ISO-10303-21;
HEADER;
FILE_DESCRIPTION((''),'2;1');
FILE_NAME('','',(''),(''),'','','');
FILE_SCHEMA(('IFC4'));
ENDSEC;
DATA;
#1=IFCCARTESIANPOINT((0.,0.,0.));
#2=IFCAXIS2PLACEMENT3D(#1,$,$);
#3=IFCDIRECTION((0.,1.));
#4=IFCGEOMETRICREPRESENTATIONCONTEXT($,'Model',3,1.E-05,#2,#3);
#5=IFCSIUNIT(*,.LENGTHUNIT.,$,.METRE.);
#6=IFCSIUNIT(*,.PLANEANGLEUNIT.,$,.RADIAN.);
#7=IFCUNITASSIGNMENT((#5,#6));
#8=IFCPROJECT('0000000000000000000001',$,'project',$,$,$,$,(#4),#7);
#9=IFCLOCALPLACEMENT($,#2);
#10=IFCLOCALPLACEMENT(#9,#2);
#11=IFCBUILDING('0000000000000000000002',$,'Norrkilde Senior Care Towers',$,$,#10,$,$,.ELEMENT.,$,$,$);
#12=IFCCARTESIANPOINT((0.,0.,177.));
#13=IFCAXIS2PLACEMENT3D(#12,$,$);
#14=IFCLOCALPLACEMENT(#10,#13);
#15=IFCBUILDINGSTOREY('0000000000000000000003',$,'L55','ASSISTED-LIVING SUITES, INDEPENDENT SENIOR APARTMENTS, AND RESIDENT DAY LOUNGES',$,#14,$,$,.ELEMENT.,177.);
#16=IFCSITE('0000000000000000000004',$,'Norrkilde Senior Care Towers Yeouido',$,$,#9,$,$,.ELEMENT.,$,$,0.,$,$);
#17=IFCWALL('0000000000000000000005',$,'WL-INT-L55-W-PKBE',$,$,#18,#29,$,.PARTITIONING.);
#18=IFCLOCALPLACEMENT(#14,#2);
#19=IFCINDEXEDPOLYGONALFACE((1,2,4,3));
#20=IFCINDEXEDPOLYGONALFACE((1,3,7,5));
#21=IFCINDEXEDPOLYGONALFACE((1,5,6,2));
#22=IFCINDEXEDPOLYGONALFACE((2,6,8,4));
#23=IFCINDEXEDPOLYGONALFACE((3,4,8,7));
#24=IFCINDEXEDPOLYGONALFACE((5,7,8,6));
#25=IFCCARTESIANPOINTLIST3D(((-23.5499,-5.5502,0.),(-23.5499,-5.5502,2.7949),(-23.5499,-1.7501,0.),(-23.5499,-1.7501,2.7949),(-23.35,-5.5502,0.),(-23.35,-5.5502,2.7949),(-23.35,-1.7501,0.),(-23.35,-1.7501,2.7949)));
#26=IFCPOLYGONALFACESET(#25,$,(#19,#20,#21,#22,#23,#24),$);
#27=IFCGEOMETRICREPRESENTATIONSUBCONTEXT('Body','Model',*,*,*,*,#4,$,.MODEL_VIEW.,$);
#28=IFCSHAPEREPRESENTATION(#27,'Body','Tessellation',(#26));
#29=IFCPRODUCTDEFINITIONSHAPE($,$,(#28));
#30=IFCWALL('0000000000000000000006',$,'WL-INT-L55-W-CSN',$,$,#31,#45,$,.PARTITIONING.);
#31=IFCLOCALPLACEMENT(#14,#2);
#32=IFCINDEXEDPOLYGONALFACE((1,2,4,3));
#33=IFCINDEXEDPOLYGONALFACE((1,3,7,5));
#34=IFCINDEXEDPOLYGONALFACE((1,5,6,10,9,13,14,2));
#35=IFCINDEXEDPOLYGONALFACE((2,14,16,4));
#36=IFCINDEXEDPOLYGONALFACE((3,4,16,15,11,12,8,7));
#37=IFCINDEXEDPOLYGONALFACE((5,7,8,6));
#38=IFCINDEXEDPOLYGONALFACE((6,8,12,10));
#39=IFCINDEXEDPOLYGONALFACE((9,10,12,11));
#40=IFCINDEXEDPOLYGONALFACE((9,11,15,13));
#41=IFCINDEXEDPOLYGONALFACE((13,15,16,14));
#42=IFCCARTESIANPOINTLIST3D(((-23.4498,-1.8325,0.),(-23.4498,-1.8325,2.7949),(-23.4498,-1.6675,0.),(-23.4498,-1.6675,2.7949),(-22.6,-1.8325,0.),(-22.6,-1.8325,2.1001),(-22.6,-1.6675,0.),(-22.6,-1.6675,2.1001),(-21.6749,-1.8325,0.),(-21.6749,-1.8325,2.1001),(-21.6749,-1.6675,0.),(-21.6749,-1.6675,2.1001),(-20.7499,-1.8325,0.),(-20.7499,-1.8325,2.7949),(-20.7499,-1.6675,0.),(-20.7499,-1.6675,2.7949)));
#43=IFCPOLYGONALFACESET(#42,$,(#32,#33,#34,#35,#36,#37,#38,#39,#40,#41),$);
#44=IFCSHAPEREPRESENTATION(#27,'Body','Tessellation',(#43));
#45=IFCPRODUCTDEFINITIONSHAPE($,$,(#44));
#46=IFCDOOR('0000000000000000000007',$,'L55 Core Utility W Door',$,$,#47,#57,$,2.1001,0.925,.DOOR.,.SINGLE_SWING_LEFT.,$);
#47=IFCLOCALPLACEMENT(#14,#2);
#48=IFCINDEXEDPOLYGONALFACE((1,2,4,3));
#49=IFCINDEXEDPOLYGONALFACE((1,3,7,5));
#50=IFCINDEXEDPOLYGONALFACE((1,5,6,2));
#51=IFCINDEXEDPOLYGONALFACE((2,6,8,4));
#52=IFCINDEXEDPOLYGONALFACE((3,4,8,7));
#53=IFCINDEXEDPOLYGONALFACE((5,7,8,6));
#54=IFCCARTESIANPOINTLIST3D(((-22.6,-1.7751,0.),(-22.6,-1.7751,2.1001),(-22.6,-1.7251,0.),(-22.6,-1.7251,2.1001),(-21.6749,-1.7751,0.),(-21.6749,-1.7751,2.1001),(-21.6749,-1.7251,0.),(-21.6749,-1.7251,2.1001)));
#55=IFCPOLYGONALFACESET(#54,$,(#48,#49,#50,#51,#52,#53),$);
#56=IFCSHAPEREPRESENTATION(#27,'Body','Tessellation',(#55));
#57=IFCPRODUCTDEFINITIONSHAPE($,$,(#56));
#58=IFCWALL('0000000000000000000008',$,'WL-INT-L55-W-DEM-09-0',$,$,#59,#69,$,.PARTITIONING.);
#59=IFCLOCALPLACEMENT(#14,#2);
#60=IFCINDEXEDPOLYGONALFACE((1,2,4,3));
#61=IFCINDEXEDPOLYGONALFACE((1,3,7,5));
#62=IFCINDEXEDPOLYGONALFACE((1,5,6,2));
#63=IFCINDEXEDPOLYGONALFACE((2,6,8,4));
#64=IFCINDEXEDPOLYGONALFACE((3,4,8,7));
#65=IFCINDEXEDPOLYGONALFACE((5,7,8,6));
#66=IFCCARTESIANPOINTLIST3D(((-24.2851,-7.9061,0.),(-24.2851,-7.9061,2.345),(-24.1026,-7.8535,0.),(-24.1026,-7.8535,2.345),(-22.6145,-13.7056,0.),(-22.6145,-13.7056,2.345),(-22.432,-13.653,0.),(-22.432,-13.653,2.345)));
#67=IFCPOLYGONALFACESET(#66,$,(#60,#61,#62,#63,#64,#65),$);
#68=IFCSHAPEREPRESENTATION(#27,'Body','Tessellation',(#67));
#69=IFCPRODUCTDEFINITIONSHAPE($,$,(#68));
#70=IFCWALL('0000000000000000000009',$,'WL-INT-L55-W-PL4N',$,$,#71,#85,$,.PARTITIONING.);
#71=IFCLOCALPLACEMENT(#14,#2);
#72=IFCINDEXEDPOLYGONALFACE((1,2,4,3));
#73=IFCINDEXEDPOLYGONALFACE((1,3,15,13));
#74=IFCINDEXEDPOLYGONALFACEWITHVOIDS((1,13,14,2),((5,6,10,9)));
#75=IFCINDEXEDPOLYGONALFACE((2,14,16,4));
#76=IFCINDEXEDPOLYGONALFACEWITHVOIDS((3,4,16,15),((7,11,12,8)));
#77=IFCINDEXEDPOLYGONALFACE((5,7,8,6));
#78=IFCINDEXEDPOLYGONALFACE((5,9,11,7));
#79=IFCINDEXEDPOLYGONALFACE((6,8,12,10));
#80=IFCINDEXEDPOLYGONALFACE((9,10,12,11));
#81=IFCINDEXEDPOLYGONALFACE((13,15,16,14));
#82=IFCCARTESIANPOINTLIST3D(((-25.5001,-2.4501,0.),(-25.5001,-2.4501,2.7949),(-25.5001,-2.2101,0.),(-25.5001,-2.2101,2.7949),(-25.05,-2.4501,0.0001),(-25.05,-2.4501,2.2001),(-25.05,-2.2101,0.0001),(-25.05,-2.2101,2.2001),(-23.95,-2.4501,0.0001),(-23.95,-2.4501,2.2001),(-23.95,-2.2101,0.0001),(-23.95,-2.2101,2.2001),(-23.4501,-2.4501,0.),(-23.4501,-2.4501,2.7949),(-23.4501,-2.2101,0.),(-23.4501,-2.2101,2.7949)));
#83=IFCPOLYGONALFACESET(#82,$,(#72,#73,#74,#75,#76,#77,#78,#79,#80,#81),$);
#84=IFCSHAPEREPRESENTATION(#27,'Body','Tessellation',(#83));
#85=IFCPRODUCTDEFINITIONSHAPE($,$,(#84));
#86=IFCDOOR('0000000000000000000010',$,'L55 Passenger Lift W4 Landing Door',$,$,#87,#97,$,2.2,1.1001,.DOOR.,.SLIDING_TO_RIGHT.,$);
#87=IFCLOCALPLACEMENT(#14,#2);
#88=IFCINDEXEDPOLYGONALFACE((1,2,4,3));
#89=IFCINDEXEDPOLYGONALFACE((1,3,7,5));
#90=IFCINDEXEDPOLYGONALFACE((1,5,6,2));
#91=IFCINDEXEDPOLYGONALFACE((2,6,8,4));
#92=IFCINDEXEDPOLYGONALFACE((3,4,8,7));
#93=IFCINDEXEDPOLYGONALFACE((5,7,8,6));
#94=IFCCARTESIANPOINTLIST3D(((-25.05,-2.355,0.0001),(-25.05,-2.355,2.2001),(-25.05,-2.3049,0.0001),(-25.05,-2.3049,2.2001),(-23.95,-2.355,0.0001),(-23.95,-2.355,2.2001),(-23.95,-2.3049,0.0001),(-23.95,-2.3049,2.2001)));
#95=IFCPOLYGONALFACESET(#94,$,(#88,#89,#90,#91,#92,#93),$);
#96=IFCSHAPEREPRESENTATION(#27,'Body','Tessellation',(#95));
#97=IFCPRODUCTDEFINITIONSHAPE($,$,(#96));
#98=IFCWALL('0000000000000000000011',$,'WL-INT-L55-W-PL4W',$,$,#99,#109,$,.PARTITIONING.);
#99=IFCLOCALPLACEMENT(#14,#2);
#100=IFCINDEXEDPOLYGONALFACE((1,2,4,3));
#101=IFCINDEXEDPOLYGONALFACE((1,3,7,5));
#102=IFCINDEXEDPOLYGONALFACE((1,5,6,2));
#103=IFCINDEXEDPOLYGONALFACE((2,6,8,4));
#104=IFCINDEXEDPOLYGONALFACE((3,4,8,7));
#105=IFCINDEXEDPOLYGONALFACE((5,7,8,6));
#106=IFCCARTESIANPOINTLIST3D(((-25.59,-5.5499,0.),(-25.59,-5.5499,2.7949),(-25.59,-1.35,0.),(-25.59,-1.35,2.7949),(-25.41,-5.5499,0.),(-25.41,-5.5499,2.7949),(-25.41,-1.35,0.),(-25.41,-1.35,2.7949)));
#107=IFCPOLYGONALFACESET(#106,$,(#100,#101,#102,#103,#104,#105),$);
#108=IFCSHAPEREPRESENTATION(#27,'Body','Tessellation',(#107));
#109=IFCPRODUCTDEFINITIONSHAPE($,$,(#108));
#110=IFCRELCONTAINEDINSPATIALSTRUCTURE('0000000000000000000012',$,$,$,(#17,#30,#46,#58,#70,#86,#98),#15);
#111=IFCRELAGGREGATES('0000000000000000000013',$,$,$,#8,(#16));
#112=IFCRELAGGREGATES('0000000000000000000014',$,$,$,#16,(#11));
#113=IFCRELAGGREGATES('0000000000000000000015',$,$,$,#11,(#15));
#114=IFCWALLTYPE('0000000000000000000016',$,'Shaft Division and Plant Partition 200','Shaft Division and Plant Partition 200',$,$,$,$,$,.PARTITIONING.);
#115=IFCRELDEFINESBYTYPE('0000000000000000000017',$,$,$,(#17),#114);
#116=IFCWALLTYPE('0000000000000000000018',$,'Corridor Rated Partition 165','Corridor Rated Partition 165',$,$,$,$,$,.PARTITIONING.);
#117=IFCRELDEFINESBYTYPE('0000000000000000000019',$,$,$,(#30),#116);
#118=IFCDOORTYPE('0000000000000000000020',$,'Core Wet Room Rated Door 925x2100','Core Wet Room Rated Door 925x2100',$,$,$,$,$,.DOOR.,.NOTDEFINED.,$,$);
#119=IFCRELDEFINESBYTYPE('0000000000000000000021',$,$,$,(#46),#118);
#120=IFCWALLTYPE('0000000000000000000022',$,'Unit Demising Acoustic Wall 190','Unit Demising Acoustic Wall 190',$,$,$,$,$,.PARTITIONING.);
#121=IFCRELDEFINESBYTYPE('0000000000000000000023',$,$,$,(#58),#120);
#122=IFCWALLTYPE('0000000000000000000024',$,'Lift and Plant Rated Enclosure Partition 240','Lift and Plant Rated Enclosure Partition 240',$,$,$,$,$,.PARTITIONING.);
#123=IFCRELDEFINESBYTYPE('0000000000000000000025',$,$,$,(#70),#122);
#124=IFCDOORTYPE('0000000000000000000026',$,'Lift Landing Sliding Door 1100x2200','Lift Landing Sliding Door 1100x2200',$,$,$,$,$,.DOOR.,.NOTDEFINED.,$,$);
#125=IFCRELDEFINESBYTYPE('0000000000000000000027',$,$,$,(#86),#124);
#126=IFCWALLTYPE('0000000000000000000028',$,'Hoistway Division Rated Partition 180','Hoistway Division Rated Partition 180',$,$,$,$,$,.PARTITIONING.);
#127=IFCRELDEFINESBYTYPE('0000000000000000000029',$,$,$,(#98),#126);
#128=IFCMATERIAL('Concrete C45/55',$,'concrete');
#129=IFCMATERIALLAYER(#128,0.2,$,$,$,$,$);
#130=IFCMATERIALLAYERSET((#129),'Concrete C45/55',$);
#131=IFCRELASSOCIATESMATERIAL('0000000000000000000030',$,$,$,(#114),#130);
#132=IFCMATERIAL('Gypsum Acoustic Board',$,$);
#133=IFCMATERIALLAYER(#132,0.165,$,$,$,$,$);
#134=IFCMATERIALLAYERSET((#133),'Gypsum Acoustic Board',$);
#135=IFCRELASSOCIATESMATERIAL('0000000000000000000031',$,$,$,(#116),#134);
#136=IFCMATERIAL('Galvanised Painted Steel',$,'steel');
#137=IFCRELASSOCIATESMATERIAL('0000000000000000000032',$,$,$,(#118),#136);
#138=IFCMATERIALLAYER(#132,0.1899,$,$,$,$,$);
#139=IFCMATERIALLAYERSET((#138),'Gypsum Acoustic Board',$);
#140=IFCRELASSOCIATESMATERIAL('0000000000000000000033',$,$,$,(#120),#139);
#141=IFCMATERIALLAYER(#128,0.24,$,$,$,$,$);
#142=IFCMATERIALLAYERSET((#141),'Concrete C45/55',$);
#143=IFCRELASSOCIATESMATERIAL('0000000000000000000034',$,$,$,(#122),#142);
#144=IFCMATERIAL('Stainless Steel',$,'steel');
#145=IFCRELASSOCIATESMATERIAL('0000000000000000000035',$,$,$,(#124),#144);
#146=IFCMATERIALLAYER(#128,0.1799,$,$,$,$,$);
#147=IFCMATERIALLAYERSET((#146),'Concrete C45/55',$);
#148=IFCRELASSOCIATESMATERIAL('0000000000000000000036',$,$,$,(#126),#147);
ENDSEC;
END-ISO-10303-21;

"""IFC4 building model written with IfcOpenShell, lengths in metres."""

from ifc_helpers import new_model, si_unit, direction, frame, frame_2d, origin, place, context, subcontext, project, spatial, rectangle, extrude, source, transform, mapped, material, layer, layer_set, type_object, type_shapes, element, fill, save


model = new_model("IFC4")

# Units and contexts
model_context = context("Model", 3, precision=1e-05, world=origin(), true_north=direction((0.0, 1.0)))
body_context = subcontext(model_context, "Body", "Model", "MODEL_VIEW")
ifc_project = project(units=[si_unit("LENGTHUNIT", "METRE"), si_unit("PLANEANGLEUNIT", "RADIAN")], contexts=[model_context])

# Site, building, storey
site_placement = place(None, origin())
site = spatial("IfcSite", under=ifc_project, at=site_placement, Name="Norrkilde Senior Care Towers Yeouido", CompositionType="ELEMENT", RefElevation=0.0)
building_placement = place(site_placement, origin())
building = spatial("IfcBuilding", under=site, at=building_placement, Name="Norrkilde Senior Care Towers", CompositionType="ELEMENT")
storey_placement = place(building_placement, frame((0.0, 0.0, 177.0)))
storey = spatial("IfcBuildingStorey", under=building, at=storey_placement, Name="L55", Description="ASSISTED-LIVING SUITES, INDEPENDENT SENIOR APARTMENTS, AND RESIDENT DAY LOUNGES", CompositionType="ELEMENT", Elevation=177.0)

# Wall
ifc_material_1 = material(Name="Concrete C45/55", Category="concrete")
ifc_layer_1 = layer(ifc_material_1, 0.2)
ifc_layer_set_1 = layer_set([ifc_layer_1], Name="Concrete C45/55")
wall_type_1 = type_object("IfcWallType", Name="Shaft Division and Plant Partition 200", Description="Shaft Division and Plant Partition 200", PredefinedType="PARTITIONING", material=ifc_layer_set_1)
shared_shape_1 = source(origin(), body_context, "Body", "SweptSolid", [
    extrude(rectangle(XDim=3.8, YDim=0.2, at=frame_2d((1.8999, 0.0))), origin(), (0.0, 0.0, 1.0), 2.7949),
])
type_shapes(wall_type_1, [shared_shape_1])
wall_1_placement = place(storey_placement, frame((-23.45, -5.55, 0.0), z_axis=(0.0, 0.0, 1.0), x_axis=(0.0, 1.0, 0.0)))
element("IfcWall", 1, at=wall_1_placement, inside=storey, type_object=wall_type_1, Name="WL-INT-L55-W-PKBE", PredefinedType="PARTITIONING", context=body_context, shape_type="MappedRepresentation", body=[
    mapped(shared_shape_1, transform((0.0, 0.0, 0.0), x_axis=(1.0, 0.0, 0.0), y_axis=(0.0, 1.0, 0.0), z_axis=(0.0, 0.0, 1.0), scale=1.0)),
])

# Wall, opening, door
ifc_material_2 = material(Name="Gypsum Acoustic Board")
ifc_layer_2 = layer(ifc_material_2, 0.165)
ifc_layer_set_2 = layer_set([ifc_layer_2], Name="Gypsum Acoustic Board")
wall_type_2 = type_object("IfcWallType", Name="Corridor Rated Partition 165", Description="Corridor Rated Partition 165", PredefinedType="PARTITIONING", material=ifc_layer_set_2)
shared_shape_2 = source(origin(), body_context, "Body", "SweptSolid", [
    extrude(rectangle(XDim=2.7, YDim=0.165, at=frame_2d((1.3501, 0.0))), origin(), (0.0, 0.0, 1.0), 2.7949),
])
wall_2_placement = place(storey_placement, frame((-23.45, -1.75, 0.0), z_axis=(0.0, 0.0, 1.0), x_axis=(1.0, 0.0, 0.0)))
wall_2 = element("IfcWall", 2, at=wall_2_placement, inside=storey, type_object=wall_type_2, Name="WL-INT-L55-W-CSN", PredefinedType="PARTITIONING", context=body_context, shape_type="MappedRepresentation", body=[
    mapped(shared_shape_2, transform((0.0, 0.0, 0.0), x_axis=(1.0, 0.0, 0.0), y_axis=(0.0, 1.0, 0.0), z_axis=(0.0, 0.0, 1.0), scale=1.0)),
])
opening_1_placement = place(wall_2_placement, frame((0.8501, 0.0, 0.0)))
opening_1 = element("IfcOpeningElement", 3, at=opening_1_placement, cuts=wall_2, PredefinedType="OPENING", context=body_context, shape_type="SweptSolid", body=[
    extrude(rectangle(XDim=0.925, YDim=2.1001, at=frame_2d((0.4624, 1.05))), frame((0.0, 0.0925, 0.0), z_axis=(0.0, -1.0, 0.0), x_axis=(1.0, 0.0, 0.0)), (0.0, 0.0, 1.0), 0.1851),
])
ifc_material_3 = material(Name="Galvanised Painted Steel", Category="steel")
door_type_1 = type_object("IfcDoorType", Name="Core Wet Room Rated Door 925x2100", Description="Core Wet Room Rated Door 925x2100", OperationType="NOTDEFINED", PredefinedType="DOOR", material=ifc_material_3)
shared_shape_3 = source(origin(), body_context, "Body", "SweptSolid", [
    extrude(rectangle(XDim=0.925, YDim=2.1001, at=frame_2d((0.4624, 1.05))), frame((0.0, 0.0249, 0.0), z_axis=(0.0, -1.0, 0.0), x_axis=(1.0, 0.0, 0.0)), (0.0, 0.0, 1.0), 0.05),
])
type_shapes(door_type_1, [shared_shape_3])
door_1_placement = place(opening_1_placement, origin())
door_1 = element("IfcDoor", 4, at=door_1_placement, inside=storey, type_object=door_type_1, Name="L55 Core Utility W Door", OperationType="SINGLE_SWING_LEFT", OverallHeight=2.1001, OverallWidth=0.925, PredefinedType="DOOR", context=body_context, shape_type="MappedRepresentation", body=[
    mapped(shared_shape_3, transform((0.0, 0.0, 0.0), x_axis=(1.0, 0.0, 0.0), y_axis=(0.0, 1.0, 0.0), z_axis=(0.0, 0.0, 1.0), scale=1.0)),
])
fill(opening_1, door_1)

# Wall
ifc_layer_3 = layer(ifc_material_2, 0.1899)
ifc_layer_set_3 = layer_set([ifc_layer_3], Name="Gypsum Acoustic Board")
wall_type_3 = type_object("IfcWallType", Name="Unit Demising Acoustic Wall 190", Description="Unit Demising Acoustic Wall 190", PredefinedType="PARTITIONING", material=ifc_layer_set_3)
shared_shape_4 = source(origin(), body_context, "Body", "SweptSolid", [
    extrude(rectangle(XDim=6.0354, YDim=0.1899, at=frame_2d((3.0176, 0.0))), origin(), (0.0, 0.0, 1.0), 2.345),
])
type_shapes(wall_type_3, [shared_shape_4])
wall_3_placement = place(storey_placement, frame((-24.1938, -7.8799, 0.0), z_axis=(0.0, 0.0, 1.0), x_axis=(0.276809, -0.960925, 0.0)))
element("IfcWall", 5, at=wall_3_placement, inside=storey, type_object=wall_type_3, Name="WL-INT-L55-W-DEM-09-0", PredefinedType="PARTITIONING", context=body_context, shape_type="MappedRepresentation", body=[
    mapped(shared_shape_4, transform((0.0, 0.0, 0.0), x_axis=(1.0, 0.0, 0.0), y_axis=(0.0, 1.0, 0.0), z_axis=(0.0, 0.0, 1.0), scale=1.0)),
])

# Wall, opening, door
ifc_layer_4 = layer(ifc_material_1, 0.24)
ifc_layer_set_4 = layer_set([ifc_layer_4], Name="Concrete C45/55")
wall_type_4 = type_object("IfcWallType", Name="Lift and Plant Rated Enclosure Partition 240", Description="Lift and Plant Rated Enclosure Partition 240", PredefinedType="PARTITIONING", material=ifc_layer_set_4)
shared_shape_5 = source(origin(), body_context, "Body", "SweptSolid", [
    extrude(rectangle(XDim=2.05, YDim=0.24, at=frame_2d((1.0249, 0.0))), origin(), (0.0, 0.0, 1.0), 2.7949),
])
type_shapes(wall_type_4, [shared_shape_5])
wall_4_placement = place(storey_placement, frame((-25.5, -2.3301, 0.0), z_axis=(0.0, 0.0, 1.0), x_axis=(1.0, 0.0, 0.0)))
wall_4 = element("IfcWall", 6, at=wall_4_placement, inside=storey, type_object=wall_type_4, Name="WL-INT-L55-W-PL4N", PredefinedType="PARTITIONING", context=body_context, shape_type="MappedRepresentation", body=[
    mapped(shared_shape_5, transform((0.0, 0.0, 0.0), x_axis=(1.0, 0.0, 0.0), y_axis=(0.0, 1.0, 0.0), z_axis=(0.0, 0.0, 1.0), scale=1.0)),
])
opening_2_placement = place(wall_4_placement, frame((0.45, 0.0, 0.0)))
opening_2 = element("IfcOpeningElement", 7, at=opening_2_placement, cuts=wall_4, PredefinedType="OPENING", context=body_context, shape_type="SweptSolid", body=[
    extrude(rectangle(XDim=1.1001, YDim=2.2, at=frame_2d((0.55, 1.1001))), frame((0.0, 0.1299, 0.0), z_axis=(0.0, -1.0, 0.0), x_axis=(1.0, 0.0, 0.0)), (0.0, 0.0, 1.0), 0.26),
])
ifc_material_4 = material(Name="Stainless Steel", Category="steel")
door_type_2 = type_object("IfcDoorType", Name="Lift Landing Sliding Door 1100x2200", Description="Lift Landing Sliding Door 1100x2200", OperationType="NOTDEFINED", PredefinedType="DOOR", material=ifc_material_4)
shared_shape_6 = source(origin(), body_context, "Body", "SweptSolid", [
    extrude(rectangle(XDim=1.1001, YDim=2.2, at=frame_2d((0.55, 1.1001))), frame((0.0, 0.0249, 0.0), z_axis=(0.0, -1.0, 0.0), x_axis=(1.0, 0.0, 0.0)), (0.0, 0.0, 1.0), 0.05),
])
type_shapes(door_type_2, [shared_shape_6])
door_2_placement = place(opening_2_placement, frame((1.1001, 0.0, 0.0), z_axis=(0.0, 0.0, 1.0), x_axis=(-1.0, 0.0, 0.0)))
door_2 = element("IfcDoor", 8, at=door_2_placement, inside=storey, type_object=door_type_2, Name="L55 Passenger Lift W4 Landing Door", OperationType="SLIDING_TO_RIGHT", OverallHeight=2.2, OverallWidth=1.1001, PredefinedType="DOOR", context=body_context, shape_type="MappedRepresentation", body=[
    mapped(shared_shape_6, transform((0.0, 0.0, 0.0), x_axis=(1.0, 0.0, 0.0), y_axis=(0.0, 1.0, 0.0), z_axis=(0.0, 0.0, 1.0), scale=1.0)),
])
fill(opening_2, door_2)

# Wall
ifc_layer_5 = layer(ifc_material_1, 0.1799)
ifc_layer_set_5 = layer_set([ifc_layer_5], Name="Concrete C45/55")
wall_type_5 = type_object("IfcWallType", Name="Hoistway Division Rated Partition 180", Description="Hoistway Division Rated Partition 180", PredefinedType="PARTITIONING", material=ifc_layer_set_5)
shared_shape_7 = source(origin(), body_context, "Body", "SweptSolid", [
    extrude(rectangle(XDim=4.2, YDim=0.1799, at=frame_2d((2.1001, 0.0))), origin(), (0.0, 0.0, 1.0), 2.7949),
])
type_shapes(wall_type_5, [shared_shape_7])
wall_5_placement = place(storey_placement, frame((-25.5, -5.55, 0.0), z_axis=(0.0, 0.0, 1.0), x_axis=(0.0, 1.0, 0.0)))
element("IfcWall", 9, at=wall_5_placement, inside=storey, type_object=wall_type_5, Name="WL-INT-L55-W-PL4W", PredefinedType="PARTITIONING", context=body_context, shape_type="MappedRepresentation", body=[
    mapped(shared_shape_7, transform((0.0, 0.0, 0.0), x_axis=(1.0, 0.0, 0.0), y_axis=(0.0, 1.0, 0.0), z_axis=(0.0, 0.0, 1.0), scale=1.0)),
])

save(model, "model.ifc")
